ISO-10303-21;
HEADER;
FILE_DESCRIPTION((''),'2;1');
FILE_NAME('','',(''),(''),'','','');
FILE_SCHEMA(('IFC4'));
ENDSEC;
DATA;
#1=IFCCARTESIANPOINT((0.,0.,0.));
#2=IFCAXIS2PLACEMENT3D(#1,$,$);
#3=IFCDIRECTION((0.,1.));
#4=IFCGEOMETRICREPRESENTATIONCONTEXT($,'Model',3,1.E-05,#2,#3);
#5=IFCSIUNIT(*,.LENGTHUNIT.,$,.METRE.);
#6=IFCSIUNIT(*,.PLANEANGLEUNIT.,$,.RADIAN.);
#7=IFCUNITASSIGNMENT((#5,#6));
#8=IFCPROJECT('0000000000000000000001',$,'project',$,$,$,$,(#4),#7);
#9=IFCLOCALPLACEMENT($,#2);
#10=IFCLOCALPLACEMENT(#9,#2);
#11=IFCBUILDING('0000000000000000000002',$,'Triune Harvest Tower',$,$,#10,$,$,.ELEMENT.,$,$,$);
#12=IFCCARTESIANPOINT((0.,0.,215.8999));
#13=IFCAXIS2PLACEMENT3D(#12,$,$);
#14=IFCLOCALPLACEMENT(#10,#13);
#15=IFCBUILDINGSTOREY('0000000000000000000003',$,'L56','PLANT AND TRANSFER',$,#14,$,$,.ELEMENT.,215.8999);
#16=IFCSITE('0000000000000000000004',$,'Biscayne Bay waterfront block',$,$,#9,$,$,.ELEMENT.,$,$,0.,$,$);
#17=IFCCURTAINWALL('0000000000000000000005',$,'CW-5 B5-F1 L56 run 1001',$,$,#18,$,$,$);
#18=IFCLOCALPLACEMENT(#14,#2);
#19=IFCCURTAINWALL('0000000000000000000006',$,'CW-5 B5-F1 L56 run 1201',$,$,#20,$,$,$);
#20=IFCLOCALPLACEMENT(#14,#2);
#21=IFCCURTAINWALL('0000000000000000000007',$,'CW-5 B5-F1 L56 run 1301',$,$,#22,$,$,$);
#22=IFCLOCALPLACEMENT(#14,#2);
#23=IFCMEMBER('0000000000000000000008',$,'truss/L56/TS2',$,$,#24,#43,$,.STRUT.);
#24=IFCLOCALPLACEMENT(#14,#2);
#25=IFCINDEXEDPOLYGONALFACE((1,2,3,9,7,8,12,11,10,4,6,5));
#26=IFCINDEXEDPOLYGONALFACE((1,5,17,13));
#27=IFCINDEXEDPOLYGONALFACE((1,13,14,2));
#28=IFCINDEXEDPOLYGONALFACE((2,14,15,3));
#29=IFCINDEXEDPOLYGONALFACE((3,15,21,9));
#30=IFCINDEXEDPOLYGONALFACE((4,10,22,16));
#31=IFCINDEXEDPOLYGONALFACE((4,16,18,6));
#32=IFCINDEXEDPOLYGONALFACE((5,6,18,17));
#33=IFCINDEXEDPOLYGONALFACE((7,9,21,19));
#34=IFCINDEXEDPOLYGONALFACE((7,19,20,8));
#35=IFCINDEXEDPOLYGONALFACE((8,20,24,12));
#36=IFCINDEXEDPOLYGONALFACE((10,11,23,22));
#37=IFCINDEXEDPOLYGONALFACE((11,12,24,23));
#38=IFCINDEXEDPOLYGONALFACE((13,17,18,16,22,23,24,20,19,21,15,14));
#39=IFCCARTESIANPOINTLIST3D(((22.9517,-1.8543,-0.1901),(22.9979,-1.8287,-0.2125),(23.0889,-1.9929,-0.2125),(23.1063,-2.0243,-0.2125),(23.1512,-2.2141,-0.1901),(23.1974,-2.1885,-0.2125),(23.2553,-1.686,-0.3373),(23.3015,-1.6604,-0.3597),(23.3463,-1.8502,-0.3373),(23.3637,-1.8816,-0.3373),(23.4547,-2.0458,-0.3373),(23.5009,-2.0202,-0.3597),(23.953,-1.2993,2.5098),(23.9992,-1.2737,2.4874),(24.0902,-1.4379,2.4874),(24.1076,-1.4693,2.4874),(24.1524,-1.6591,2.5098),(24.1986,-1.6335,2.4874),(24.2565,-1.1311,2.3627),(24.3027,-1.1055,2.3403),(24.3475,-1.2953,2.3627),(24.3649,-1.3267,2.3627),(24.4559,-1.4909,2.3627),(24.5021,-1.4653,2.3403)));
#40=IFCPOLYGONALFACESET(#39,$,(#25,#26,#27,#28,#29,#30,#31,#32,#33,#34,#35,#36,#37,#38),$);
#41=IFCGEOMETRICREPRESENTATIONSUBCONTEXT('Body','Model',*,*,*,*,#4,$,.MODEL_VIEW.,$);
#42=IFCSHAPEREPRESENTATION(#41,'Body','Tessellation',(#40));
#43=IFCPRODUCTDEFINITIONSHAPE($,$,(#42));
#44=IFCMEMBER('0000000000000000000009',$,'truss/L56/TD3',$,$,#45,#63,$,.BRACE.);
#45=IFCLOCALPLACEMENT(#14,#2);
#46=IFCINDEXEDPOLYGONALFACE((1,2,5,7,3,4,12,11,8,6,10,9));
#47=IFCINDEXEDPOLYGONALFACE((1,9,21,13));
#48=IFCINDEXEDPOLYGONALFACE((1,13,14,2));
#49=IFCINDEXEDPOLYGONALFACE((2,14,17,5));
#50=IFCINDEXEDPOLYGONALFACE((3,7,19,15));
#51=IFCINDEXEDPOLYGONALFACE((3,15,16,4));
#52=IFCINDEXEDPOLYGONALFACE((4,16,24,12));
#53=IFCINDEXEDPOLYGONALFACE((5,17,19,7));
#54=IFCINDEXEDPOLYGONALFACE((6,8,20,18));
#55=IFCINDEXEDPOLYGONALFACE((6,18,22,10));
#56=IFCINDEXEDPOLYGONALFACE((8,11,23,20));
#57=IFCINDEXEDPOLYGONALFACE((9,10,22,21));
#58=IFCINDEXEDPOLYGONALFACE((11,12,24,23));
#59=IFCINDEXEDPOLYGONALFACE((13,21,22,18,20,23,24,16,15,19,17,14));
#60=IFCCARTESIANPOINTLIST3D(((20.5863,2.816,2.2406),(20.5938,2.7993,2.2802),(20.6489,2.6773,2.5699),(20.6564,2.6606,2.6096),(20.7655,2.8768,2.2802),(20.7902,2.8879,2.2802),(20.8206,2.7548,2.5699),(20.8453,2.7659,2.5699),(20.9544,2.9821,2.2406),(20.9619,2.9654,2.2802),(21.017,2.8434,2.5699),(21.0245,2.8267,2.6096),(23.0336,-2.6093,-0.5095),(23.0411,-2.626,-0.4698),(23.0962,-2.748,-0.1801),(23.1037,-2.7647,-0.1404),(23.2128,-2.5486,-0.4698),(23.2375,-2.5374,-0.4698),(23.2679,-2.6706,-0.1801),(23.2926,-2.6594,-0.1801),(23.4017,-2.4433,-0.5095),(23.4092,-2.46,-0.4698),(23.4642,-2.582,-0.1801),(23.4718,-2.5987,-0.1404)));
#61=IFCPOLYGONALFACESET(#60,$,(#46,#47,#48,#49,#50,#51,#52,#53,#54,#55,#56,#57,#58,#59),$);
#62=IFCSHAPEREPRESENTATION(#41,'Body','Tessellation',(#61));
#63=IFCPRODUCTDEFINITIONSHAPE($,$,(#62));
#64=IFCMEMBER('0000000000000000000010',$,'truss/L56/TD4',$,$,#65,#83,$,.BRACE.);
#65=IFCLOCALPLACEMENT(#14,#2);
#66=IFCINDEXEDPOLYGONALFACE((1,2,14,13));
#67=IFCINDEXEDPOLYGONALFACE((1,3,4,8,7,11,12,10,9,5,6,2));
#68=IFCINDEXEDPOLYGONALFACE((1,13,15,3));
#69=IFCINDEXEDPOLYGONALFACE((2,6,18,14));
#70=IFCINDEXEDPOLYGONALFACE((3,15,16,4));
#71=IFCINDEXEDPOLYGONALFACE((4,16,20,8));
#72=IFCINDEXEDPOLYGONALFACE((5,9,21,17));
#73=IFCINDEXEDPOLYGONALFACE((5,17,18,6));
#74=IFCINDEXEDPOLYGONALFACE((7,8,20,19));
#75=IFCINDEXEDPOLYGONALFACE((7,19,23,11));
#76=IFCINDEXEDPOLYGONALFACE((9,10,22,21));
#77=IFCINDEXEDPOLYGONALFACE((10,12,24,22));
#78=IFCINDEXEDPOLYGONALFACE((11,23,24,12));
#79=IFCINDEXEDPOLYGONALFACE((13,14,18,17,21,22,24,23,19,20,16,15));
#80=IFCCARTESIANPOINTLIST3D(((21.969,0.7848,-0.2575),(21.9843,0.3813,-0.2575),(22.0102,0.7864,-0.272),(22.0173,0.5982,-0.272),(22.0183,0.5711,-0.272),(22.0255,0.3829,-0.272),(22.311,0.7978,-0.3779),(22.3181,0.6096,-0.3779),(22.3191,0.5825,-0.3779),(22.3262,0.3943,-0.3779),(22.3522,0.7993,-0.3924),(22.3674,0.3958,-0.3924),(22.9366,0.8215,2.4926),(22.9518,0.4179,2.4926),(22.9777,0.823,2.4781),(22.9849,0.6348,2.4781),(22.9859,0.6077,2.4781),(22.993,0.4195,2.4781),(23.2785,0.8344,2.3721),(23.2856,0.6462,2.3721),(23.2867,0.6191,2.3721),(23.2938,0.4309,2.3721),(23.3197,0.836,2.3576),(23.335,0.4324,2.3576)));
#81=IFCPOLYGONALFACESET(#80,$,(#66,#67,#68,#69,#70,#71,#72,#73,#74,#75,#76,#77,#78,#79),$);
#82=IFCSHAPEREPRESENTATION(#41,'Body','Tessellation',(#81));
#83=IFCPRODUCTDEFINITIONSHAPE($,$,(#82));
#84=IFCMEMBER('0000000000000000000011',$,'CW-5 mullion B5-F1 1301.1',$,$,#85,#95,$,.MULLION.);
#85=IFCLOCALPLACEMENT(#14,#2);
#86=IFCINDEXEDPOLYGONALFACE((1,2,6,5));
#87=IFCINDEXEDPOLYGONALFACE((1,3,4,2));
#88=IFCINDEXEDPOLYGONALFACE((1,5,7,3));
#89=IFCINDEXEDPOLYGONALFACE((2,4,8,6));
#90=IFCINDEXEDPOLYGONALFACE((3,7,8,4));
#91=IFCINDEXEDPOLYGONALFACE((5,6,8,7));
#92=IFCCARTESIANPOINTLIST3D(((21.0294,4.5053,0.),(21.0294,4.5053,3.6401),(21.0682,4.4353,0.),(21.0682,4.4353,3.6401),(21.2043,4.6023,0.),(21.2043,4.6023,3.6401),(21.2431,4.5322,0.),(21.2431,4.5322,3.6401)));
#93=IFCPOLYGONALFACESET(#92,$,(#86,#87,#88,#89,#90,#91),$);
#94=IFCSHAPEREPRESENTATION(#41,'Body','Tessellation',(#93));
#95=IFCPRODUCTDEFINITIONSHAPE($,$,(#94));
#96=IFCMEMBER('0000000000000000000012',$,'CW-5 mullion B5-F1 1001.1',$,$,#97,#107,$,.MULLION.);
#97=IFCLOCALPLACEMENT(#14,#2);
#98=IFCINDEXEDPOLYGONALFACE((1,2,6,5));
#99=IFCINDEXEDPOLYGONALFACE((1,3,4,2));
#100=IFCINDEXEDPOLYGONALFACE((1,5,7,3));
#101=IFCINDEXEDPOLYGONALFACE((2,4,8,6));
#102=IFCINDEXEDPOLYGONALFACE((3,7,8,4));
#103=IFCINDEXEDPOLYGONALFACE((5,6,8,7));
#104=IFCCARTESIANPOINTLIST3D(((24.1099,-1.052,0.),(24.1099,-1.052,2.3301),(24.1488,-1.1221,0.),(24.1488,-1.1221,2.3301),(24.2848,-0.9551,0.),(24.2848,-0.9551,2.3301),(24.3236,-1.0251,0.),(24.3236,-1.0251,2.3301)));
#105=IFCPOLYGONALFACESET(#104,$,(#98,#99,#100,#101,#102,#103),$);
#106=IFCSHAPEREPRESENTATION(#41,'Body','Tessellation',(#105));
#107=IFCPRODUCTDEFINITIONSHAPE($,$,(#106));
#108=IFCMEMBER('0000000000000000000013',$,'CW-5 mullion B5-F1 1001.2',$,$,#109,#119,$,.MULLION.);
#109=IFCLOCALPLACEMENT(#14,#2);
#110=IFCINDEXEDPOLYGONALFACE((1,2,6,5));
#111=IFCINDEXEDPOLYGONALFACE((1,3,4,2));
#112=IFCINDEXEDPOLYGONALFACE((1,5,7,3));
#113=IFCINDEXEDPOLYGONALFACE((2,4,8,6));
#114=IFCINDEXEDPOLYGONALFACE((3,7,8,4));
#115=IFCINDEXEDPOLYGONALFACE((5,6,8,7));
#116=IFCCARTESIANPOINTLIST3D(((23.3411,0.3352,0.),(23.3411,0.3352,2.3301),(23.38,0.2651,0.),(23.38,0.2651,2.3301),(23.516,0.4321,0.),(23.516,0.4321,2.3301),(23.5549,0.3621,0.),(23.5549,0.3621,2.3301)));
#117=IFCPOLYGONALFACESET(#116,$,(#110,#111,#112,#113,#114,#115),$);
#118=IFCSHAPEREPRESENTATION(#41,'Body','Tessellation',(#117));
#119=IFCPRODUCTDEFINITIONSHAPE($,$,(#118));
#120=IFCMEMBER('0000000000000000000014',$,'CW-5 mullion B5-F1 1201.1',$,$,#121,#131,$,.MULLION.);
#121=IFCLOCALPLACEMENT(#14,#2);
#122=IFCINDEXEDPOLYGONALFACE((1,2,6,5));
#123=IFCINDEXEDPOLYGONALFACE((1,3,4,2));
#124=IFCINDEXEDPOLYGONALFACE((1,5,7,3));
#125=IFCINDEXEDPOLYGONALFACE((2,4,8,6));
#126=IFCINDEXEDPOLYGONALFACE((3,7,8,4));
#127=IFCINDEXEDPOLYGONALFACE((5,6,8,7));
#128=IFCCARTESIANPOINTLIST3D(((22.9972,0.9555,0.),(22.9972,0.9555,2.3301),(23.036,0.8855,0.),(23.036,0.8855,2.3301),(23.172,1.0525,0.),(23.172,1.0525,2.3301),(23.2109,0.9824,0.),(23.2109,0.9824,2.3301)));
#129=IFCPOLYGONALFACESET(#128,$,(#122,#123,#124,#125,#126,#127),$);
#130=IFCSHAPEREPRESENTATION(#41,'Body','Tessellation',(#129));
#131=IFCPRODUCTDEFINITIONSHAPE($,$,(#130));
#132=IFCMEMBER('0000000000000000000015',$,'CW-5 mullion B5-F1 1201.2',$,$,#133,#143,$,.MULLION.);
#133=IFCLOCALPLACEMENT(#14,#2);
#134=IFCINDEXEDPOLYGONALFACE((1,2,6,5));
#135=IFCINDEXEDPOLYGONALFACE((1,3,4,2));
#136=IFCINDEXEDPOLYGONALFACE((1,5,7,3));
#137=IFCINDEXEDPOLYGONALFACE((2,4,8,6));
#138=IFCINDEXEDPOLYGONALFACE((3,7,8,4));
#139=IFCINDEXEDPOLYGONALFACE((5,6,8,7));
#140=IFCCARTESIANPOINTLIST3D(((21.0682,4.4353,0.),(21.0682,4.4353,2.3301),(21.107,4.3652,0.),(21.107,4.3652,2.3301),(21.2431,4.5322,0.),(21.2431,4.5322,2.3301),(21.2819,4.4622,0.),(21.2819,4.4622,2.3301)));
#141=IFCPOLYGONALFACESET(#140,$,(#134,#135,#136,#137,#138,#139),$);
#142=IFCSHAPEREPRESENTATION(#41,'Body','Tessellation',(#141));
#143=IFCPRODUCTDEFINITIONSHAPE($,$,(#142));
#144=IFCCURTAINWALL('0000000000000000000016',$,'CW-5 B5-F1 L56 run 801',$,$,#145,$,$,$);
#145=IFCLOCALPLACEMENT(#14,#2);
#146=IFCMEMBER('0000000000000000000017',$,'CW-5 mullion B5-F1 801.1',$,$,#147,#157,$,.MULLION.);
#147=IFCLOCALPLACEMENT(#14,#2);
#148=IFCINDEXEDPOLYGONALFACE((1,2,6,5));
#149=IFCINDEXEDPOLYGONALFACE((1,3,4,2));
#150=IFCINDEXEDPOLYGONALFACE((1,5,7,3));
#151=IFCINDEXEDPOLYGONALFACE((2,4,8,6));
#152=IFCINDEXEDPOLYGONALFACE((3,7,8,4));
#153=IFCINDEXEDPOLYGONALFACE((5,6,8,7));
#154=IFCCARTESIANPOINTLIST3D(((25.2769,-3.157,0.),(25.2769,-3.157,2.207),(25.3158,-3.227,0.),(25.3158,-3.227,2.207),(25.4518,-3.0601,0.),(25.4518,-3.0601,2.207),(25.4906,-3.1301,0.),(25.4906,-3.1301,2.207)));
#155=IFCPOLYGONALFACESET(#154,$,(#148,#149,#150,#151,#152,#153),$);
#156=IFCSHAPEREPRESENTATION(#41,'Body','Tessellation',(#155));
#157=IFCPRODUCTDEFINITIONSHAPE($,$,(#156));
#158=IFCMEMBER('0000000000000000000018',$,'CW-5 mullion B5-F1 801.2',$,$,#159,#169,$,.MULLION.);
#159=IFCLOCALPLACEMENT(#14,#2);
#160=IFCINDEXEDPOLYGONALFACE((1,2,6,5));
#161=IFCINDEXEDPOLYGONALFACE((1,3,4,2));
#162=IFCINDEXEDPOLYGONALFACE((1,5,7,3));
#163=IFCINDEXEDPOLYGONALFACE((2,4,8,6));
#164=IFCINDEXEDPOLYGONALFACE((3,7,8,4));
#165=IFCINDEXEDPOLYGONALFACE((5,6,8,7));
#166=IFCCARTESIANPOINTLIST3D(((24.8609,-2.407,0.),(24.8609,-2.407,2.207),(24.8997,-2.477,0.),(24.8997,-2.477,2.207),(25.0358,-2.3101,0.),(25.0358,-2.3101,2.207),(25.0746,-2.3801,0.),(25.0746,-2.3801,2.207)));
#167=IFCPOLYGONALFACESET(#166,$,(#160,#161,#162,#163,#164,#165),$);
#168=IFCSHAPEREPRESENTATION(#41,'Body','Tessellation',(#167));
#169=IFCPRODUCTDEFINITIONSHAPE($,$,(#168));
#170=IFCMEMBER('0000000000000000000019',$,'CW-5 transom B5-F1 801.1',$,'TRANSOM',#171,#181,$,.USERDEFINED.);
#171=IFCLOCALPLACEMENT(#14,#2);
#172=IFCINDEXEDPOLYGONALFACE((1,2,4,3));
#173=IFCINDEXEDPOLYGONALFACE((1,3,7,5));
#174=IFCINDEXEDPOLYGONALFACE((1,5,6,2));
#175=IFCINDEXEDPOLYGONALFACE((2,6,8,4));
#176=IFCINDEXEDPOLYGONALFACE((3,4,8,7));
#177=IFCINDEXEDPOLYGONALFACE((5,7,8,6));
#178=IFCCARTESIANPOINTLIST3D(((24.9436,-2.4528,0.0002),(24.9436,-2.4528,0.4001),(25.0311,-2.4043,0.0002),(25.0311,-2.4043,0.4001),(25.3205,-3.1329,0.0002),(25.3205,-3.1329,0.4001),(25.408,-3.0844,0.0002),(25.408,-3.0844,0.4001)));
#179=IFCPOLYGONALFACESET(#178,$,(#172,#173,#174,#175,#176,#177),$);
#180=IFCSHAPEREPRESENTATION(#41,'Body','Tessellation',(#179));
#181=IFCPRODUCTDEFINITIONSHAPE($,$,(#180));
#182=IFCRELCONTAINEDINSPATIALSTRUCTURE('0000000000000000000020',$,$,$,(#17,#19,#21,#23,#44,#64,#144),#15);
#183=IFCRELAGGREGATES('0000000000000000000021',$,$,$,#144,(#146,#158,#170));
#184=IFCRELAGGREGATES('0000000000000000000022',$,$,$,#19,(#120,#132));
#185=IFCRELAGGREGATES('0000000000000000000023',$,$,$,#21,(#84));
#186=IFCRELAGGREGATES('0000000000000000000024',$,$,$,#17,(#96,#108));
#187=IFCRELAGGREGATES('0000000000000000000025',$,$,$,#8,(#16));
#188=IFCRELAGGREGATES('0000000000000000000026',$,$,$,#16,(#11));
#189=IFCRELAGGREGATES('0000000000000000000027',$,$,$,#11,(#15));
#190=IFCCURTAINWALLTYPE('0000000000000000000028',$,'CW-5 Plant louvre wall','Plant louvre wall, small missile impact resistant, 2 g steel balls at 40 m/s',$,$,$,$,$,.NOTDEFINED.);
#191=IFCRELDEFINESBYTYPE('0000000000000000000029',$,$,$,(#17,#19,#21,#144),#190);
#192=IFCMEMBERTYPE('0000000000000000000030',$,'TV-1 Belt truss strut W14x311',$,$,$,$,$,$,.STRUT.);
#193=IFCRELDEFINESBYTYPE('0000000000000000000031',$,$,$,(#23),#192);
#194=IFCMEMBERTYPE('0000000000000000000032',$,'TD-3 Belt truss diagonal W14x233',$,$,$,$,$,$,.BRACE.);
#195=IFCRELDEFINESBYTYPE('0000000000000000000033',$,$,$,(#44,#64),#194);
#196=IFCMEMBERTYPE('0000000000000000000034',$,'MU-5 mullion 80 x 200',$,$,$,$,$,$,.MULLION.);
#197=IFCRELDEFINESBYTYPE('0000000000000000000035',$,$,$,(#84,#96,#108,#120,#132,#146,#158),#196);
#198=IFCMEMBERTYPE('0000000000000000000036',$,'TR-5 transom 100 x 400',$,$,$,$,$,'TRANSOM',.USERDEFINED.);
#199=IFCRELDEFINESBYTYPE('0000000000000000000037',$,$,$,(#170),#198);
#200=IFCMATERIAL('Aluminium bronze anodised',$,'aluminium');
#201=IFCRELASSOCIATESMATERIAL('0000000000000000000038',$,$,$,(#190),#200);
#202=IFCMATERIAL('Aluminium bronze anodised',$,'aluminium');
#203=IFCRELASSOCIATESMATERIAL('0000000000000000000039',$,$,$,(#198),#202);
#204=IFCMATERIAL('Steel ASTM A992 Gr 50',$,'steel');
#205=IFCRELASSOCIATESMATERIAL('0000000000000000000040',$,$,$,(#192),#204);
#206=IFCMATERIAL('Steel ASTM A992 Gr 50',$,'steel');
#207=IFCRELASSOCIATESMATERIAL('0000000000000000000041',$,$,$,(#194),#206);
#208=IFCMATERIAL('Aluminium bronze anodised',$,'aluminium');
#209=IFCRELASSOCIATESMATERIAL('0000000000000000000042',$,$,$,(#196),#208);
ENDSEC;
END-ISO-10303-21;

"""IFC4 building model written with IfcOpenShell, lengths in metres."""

from ifc_helpers import new_model, si_unit, direction, frame, origin, origin_2d, place, context, subcontext, project, spatial, rectangle, i_section, extrude, source, transform, mapped, material, material_profile, profile_set, type_object, element, aggregate, save


model = new_model("IFC4")

# Units and contexts
model_context = context("Model", 3, precision=1e-05, world=origin(), true_north=direction((0.0, 1.0)))
body_context = subcontext(model_context, "Body", "Model", "MODEL_VIEW")
ifc_project = project(units=[si_unit("LENGTHUNIT", "METRE"), si_unit("PLANEANGLEUNIT", "RADIAN")], contexts=[model_context])

# Site, building, storey
site_placement = place(None, origin())
site = spatial("IfcSite", under=ifc_project, at=site_placement, Name="Biscayne Bay waterfront block", CompositionType="ELEMENT", RefElevation=0.0)
building_placement = place(site_placement, origin())
building = spatial("IfcBuilding", under=site, at=building_placement, Name="Triune Harvest Tower", CompositionType="ELEMENT")
storey_placement = place(building_placement, frame((0.0, 0.0, 215.8999)))
storey = spatial("IfcBuildingStorey", under=building, at=storey_placement, Name="L56", Description="PLANT AND TRANSFER", CompositionType="ELEMENT", Elevation=215.8999)

# Curtain walls
ifc_material_1 = material(Name="Aluminium bronze anodised", Category="aluminium")
curtain_wall_type = type_object("IfcCurtainWallType", Name="CW-5 Plant louvre wall", Description="Plant louvre wall, small missile impact resistant, 2 g steel balls at 40 m/s", PredefinedType="NOTDEFINED", material=ifc_material_1)
curtain_wall_1_placement = place(storey_placement, origin())
curtain_wall_1 = element("IfcCurtainWall", 1, at=curtain_wall_1_placement, inside=storey, type_object=curtain_wall_type, Name="CW-5 B5-F1 L56 run 1001")
ifc_material_2 = material(Name="Aluminium bronze anodised", Category="aluminium")
ifc_material_profile_1 = material_profile(ifc_material_2, rectangle(XDim=0.1001, YDim=0.3999, at=origin_2d()), Name="TR-5 transom 100 x 400")
ifc_profile_set_1 = profile_set([ifc_material_profile_1], Name="Aluminium bronze anodised")
member_type_1 = type_object("IfcMemberType", Name="TR-5 transom 100 x 400", ElementType="TRANSOM", PredefinedType="USERDEFINED", material=ifc_profile_set_1)
curtain_wall_2_placement = place(storey_placement, origin())
curtain_wall_2 = element("IfcCurtainWall", 2, at=curtain_wall_2_placement, inside=storey, type_object=curtain_wall_type, Name="CW-5 B5-F1 L56 run 1201")
curtain_wall_3_placement = place(storey_placement, origin())
curtain_wall_3 = element("IfcCurtainWall", 3, at=curtain_wall_3_placement, inside=storey, type_object=curtain_wall_type, Name="CW-5 B5-F1 L56 run 1301")

# Members
ifc_material_3 = material(Name="Steel ASTM A992 Gr 50", Category="steel")
ifc_material_profile_2 = material_profile(ifc_material_3, i_section(OverallWidth=0.4114, OverallDepth=0.4343, WebThickness=0.0359, FlangeThickness=0.0574, at=origin_2d()), Name="W14x311")
ifc_profile_set_2 = profile_set([ifc_material_profile_2], Name="Steel ASTM A992 Gr 50")
member_type_2 = type_object("IfcMemberType", Name="TV-1 Belt truss strut W14x311", PredefinedType="STRUT", material=ifc_profile_set_2)
shared_shape_1 = source(origin(), body_context, "Body", "SweptSolid", [
    extrude(i_section(OverallWidth=0.4114, OverallDepth=0.4343, WebThickness=0.0359, FlangeThickness=0.0574, at=origin_2d()), origin(), (0.0, 0.0, 1.0), 2.9326),
])
member_1_placement = place(storey_placement, frame((23.2263, -1.9373, -0.2749), z_axis=(0.341411, 0.189229, 0.920669), x_axis=(-0.484773, 0.87464, 0.0)))
element("IfcMember", 4, at=member_1_placement, inside=storey, type_object=member_type_2, Name="truss/L56/TS2", PredefinedType="STRUT", context=body_context, shape_type="MappedRepresentation", body=[
    mapped(shared_shape_1, transform((0.0, 0.0, 0.0), scale=1.0)),
])
ifc_material_4 = material(Name="Steel ASTM A992 Gr 50", Category="steel")
ifc_material_profile_3 = material_profile(ifc_material_4, i_section(OverallWidth=0.4038, OverallDepth=0.4065, WebThickness=0.0271, FlangeThickness=0.0437, at=origin_2d()), Name="W14x233")
ifc_profile_set_3 = profile_set([ifc_material_profile_3], Name="Steel ASTM A992 Gr 50")
member_type_3 = type_object("IfcMemberType", Name="TD-3 Belt truss diagonal W14x233", PredefinedType="BRACE", material=ifc_profile_set_3)
shared_shape_2 = source(origin(), body_context, "Body", "SweptSolid", [
    extrude(i_section(OverallWidth=0.4038, OverallDepth=0.4065, WebThickness=0.0271, FlangeThickness=0.0437, at=origin_2d()), origin(), (0.0, 0.0, 1.0), 6.5564),
])
member_2_placement = place(storey_placement, frame((23.2527, -2.604, -0.325), z_axis=(-0.373268, 0.82749, 0.419442), x_axis=(-0.911551, -0.411187, 0.0)))
element("IfcMember", 5, at=member_2_placement, inside=storey, type_object=member_type_3, Name="truss/L56/TD3", PredefinedType="BRACE", context=body_context, shape_type="MappedRepresentation", body=[
    mapped(shared_shape_2, transform((0.0, 0.0, 0.0), scale=1.0)),
])
shared_shape_3 = source(origin(), body_context, "Body", "SweptSolid", [
    extrude(i_section(OverallWidth=0.4038, OverallDepth=0.4065, WebThickness=0.0271, FlangeThickness=0.0437, at=origin_2d()), origin(), (0.0, 0.0, 1.0), 2.9155),
])
member_3_placement = place(storey_placement, frame((22.1682, 0.5903, -0.325), z_axis=(0.331861, 0.012561, 0.943245), x_axis=(-0.037823, 0.999284, 0.0)))
element("IfcMember", 6, at=member_3_placement, inside=storey, type_object=member_type_3, Name="truss/L56/TD4", PredefinedType="BRACE", context=body_context, shape_type="MappedRepresentation", body=[
    mapped(shared_shape_3, transform((0.0, 0.0, 0.0), scale=1.0)),
])

# Members
ifc_material_5 = material(Name="Aluminium bronze anodised", Category="aluminium")
ifc_material_profile_4 = material_profile(ifc_material_5, rectangle(XDim=0.2, YDim=0.0801, at=origin_2d()), Name="MU-5 mullion 80 x 200")
ifc_profile_set_4 = profile_set([ifc_material_profile_4], Name="Aluminium bronze anodised")
member_type_4 = type_object("IfcMemberType", Name="MU-5 mullion 80 x 200", PredefinedType="MULLION", material=ifc_profile_set_4)
shared_shape_4 = source(origin(), body_context, "Body", "SweptSolid", [
    extrude(rectangle(XDim=0.2, YDim=0.0801, at=origin_2d()), origin(), (0.0, 0.0, 1.0), 3.6401),
])
member_4_placement = place(storey_placement, frame((21.1362, 4.5188, 0.0), z_axis=(0.0, 0.0, 1.0), x_axis=(-0.874621, -0.484808, 0.0)))
member_4 = element("IfcMember", 7, at=member_4_placement, type_object=member_type_4, Name="CW-5 mullion B5-F1 1301.1", PredefinedType="MULLION", context=body_context, shape_type="MappedRepresentation", body=[
    mapped(shared_shape_4, transform((0.0, 0.0, 0.0), scale=1.0)),
])
shared_shape_5 = source(origin(), body_context, "Body", "SweptSolid", [
    extrude(rectangle(XDim=0.2, YDim=0.0801, at=origin_2d()), origin(), (0.0, 0.0, 1.0), 2.3301),
])
member_5_placement = place(storey_placement, frame((24.2168, -1.0386, 0.0), z_axis=(0.0, 0.0, 1.0), x_axis=(-0.87463, -0.484792, 0.0)))
member_5 = element("IfcMember", 8, at=member_5_placement, type_object=member_type_4, Name="CW-5 mullion B5-F1 1001.1", PredefinedType="MULLION", context=body_context, shape_type="MappedRepresentation", body=[
    mapped(shared_shape_5, transform((0.0, 0.0, 0.0), scale=1.0)),
])
member_6_placement = place(storey_placement, frame((23.448, 0.3486, 0.0), z_axis=(0.0, 0.0, 1.0), x_axis=(-0.87463, -0.484792, 0.0)))
member_6 = element("IfcMember", 9, at=member_6_placement, type_object=member_type_4, Name="CW-5 mullion B5-F1 1001.2", PredefinedType="MULLION", context=body_context, shape_type="MappedRepresentation", body=[
    mapped(shared_shape_5, transform((0.0, 0.0, 0.0), scale=1.0)),
])
member_7_placement = place(storey_placement, frame((23.104, 0.969, 0.0), z_axis=(0.0, 0.0, 1.0), x_axis=(-0.874614, -0.484821, 0.0)))
member_7 = element("IfcMember", 10, at=member_7_placement, type_object=member_type_4, Name="CW-5 mullion B5-F1 1201.1", PredefinedType="MULLION", context=body_context, shape_type="MappedRepresentation", body=[
    mapped(shared_shape_5, transform((0.0, 0.0, 0.0), scale=1.0)),
])
member_8_placement = place(storey_placement, frame((21.175, 4.4487, 0.0), z_axis=(0.0, 0.0, 1.0), x_axis=(-0.874614, -0.484821, 0.0)))
member_8 = element("IfcMember", 11, at=member_8_placement, type_object=member_type_4, Name="CW-5 mullion B5-F1 1201.2", PredefinedType="MULLION", context=body_context, shape_type="MappedRepresentation", body=[
    mapped(shared_shape_5, transform((0.0, 0.0, 0.0), scale=1.0)),
])

# Curtain wall, members
curtain_wall_4_placement = place(storey_placement, origin())
curtain_wall_4 = element("IfcCurtainWall", 12, at=curtain_wall_4_placement, inside=storey, type_object=curtain_wall_type, Name="CW-5 B5-F1 L56 run 801")
shared_shape_6 = source(origin(), body_context, "Body", "SweptSolid", [
    extrude(rectangle(XDim=0.2, YDim=0.0801, at=origin_2d()), origin(), (0.0, 0.0, 1.0), 2.207),
])
member_9_placement = place(storey_placement, frame((25.3838, -3.1436, 0.0), z_axis=(0.0, 0.0, 1.0), x_axis=(-0.874615, -0.484819, 0.0)))
member_9 = element("IfcMember", 13, at=member_9_placement, type_object=member_type_4, Name="CW-5 mullion B5-F1 801.1", PredefinedType="MULLION", context=body_context, shape_type="MappedRepresentation", body=[
    mapped(shared_shape_6, transform((0.0, 0.0, 0.0), scale=1.0)),
])
member_10_placement = place(storey_placement, frame((24.9678, -2.3936, 0.0), z_axis=(0.0, 0.0, 1.0), x_axis=(-0.874615, -0.484819, 0.0)))
member_10 = element("IfcMember", 14, at=member_10_placement, type_object=member_type_4, Name="CW-5 mullion B5-F1 801.2", PredefinedType="MULLION", context=body_context, shape_type="MappedRepresentation", body=[
    mapped(shared_shape_6, transform((0.0, 0.0, 0.0), scale=1.0)),
])
shared_shape_7 = source(origin(), body_context, "Body", "SweptSolid", [
    extrude(rectangle(XDim=0.1001, YDim=0.3999, at=origin_2d()), origin(), (0.0, 0.0, 1.0), 0.7776),
])
member_11_placement = place(storey_placement, frame((25.3643, -3.1086, 0.2002), z_axis=(-0.484736, 0.87466, 0.0), x_axis=(-0.87466, -0.484736, 0.0)))
member_11 = element("IfcMember", 15, at=member_11_placement, type_object=member_type_1, Name="CW-5 transom B5-F1 801.1", ObjectType="TRANSOM", PredefinedType="USERDEFINED", context=body_context, shape_type="MappedRepresentation", body=[
    mapped(shared_shape_7, transform((0.0, 0.0, 0.0), scale=1.0)),
])

aggregate(curtain_wall_4, [member_9, member_10, member_11])
aggregate(curtain_wall_2, [member_7, member_8])
aggregate(curtain_wall_3, [member_4])
aggregate(curtain_wall_1, [member_5, member_6])

save(model, "model.ifc")
